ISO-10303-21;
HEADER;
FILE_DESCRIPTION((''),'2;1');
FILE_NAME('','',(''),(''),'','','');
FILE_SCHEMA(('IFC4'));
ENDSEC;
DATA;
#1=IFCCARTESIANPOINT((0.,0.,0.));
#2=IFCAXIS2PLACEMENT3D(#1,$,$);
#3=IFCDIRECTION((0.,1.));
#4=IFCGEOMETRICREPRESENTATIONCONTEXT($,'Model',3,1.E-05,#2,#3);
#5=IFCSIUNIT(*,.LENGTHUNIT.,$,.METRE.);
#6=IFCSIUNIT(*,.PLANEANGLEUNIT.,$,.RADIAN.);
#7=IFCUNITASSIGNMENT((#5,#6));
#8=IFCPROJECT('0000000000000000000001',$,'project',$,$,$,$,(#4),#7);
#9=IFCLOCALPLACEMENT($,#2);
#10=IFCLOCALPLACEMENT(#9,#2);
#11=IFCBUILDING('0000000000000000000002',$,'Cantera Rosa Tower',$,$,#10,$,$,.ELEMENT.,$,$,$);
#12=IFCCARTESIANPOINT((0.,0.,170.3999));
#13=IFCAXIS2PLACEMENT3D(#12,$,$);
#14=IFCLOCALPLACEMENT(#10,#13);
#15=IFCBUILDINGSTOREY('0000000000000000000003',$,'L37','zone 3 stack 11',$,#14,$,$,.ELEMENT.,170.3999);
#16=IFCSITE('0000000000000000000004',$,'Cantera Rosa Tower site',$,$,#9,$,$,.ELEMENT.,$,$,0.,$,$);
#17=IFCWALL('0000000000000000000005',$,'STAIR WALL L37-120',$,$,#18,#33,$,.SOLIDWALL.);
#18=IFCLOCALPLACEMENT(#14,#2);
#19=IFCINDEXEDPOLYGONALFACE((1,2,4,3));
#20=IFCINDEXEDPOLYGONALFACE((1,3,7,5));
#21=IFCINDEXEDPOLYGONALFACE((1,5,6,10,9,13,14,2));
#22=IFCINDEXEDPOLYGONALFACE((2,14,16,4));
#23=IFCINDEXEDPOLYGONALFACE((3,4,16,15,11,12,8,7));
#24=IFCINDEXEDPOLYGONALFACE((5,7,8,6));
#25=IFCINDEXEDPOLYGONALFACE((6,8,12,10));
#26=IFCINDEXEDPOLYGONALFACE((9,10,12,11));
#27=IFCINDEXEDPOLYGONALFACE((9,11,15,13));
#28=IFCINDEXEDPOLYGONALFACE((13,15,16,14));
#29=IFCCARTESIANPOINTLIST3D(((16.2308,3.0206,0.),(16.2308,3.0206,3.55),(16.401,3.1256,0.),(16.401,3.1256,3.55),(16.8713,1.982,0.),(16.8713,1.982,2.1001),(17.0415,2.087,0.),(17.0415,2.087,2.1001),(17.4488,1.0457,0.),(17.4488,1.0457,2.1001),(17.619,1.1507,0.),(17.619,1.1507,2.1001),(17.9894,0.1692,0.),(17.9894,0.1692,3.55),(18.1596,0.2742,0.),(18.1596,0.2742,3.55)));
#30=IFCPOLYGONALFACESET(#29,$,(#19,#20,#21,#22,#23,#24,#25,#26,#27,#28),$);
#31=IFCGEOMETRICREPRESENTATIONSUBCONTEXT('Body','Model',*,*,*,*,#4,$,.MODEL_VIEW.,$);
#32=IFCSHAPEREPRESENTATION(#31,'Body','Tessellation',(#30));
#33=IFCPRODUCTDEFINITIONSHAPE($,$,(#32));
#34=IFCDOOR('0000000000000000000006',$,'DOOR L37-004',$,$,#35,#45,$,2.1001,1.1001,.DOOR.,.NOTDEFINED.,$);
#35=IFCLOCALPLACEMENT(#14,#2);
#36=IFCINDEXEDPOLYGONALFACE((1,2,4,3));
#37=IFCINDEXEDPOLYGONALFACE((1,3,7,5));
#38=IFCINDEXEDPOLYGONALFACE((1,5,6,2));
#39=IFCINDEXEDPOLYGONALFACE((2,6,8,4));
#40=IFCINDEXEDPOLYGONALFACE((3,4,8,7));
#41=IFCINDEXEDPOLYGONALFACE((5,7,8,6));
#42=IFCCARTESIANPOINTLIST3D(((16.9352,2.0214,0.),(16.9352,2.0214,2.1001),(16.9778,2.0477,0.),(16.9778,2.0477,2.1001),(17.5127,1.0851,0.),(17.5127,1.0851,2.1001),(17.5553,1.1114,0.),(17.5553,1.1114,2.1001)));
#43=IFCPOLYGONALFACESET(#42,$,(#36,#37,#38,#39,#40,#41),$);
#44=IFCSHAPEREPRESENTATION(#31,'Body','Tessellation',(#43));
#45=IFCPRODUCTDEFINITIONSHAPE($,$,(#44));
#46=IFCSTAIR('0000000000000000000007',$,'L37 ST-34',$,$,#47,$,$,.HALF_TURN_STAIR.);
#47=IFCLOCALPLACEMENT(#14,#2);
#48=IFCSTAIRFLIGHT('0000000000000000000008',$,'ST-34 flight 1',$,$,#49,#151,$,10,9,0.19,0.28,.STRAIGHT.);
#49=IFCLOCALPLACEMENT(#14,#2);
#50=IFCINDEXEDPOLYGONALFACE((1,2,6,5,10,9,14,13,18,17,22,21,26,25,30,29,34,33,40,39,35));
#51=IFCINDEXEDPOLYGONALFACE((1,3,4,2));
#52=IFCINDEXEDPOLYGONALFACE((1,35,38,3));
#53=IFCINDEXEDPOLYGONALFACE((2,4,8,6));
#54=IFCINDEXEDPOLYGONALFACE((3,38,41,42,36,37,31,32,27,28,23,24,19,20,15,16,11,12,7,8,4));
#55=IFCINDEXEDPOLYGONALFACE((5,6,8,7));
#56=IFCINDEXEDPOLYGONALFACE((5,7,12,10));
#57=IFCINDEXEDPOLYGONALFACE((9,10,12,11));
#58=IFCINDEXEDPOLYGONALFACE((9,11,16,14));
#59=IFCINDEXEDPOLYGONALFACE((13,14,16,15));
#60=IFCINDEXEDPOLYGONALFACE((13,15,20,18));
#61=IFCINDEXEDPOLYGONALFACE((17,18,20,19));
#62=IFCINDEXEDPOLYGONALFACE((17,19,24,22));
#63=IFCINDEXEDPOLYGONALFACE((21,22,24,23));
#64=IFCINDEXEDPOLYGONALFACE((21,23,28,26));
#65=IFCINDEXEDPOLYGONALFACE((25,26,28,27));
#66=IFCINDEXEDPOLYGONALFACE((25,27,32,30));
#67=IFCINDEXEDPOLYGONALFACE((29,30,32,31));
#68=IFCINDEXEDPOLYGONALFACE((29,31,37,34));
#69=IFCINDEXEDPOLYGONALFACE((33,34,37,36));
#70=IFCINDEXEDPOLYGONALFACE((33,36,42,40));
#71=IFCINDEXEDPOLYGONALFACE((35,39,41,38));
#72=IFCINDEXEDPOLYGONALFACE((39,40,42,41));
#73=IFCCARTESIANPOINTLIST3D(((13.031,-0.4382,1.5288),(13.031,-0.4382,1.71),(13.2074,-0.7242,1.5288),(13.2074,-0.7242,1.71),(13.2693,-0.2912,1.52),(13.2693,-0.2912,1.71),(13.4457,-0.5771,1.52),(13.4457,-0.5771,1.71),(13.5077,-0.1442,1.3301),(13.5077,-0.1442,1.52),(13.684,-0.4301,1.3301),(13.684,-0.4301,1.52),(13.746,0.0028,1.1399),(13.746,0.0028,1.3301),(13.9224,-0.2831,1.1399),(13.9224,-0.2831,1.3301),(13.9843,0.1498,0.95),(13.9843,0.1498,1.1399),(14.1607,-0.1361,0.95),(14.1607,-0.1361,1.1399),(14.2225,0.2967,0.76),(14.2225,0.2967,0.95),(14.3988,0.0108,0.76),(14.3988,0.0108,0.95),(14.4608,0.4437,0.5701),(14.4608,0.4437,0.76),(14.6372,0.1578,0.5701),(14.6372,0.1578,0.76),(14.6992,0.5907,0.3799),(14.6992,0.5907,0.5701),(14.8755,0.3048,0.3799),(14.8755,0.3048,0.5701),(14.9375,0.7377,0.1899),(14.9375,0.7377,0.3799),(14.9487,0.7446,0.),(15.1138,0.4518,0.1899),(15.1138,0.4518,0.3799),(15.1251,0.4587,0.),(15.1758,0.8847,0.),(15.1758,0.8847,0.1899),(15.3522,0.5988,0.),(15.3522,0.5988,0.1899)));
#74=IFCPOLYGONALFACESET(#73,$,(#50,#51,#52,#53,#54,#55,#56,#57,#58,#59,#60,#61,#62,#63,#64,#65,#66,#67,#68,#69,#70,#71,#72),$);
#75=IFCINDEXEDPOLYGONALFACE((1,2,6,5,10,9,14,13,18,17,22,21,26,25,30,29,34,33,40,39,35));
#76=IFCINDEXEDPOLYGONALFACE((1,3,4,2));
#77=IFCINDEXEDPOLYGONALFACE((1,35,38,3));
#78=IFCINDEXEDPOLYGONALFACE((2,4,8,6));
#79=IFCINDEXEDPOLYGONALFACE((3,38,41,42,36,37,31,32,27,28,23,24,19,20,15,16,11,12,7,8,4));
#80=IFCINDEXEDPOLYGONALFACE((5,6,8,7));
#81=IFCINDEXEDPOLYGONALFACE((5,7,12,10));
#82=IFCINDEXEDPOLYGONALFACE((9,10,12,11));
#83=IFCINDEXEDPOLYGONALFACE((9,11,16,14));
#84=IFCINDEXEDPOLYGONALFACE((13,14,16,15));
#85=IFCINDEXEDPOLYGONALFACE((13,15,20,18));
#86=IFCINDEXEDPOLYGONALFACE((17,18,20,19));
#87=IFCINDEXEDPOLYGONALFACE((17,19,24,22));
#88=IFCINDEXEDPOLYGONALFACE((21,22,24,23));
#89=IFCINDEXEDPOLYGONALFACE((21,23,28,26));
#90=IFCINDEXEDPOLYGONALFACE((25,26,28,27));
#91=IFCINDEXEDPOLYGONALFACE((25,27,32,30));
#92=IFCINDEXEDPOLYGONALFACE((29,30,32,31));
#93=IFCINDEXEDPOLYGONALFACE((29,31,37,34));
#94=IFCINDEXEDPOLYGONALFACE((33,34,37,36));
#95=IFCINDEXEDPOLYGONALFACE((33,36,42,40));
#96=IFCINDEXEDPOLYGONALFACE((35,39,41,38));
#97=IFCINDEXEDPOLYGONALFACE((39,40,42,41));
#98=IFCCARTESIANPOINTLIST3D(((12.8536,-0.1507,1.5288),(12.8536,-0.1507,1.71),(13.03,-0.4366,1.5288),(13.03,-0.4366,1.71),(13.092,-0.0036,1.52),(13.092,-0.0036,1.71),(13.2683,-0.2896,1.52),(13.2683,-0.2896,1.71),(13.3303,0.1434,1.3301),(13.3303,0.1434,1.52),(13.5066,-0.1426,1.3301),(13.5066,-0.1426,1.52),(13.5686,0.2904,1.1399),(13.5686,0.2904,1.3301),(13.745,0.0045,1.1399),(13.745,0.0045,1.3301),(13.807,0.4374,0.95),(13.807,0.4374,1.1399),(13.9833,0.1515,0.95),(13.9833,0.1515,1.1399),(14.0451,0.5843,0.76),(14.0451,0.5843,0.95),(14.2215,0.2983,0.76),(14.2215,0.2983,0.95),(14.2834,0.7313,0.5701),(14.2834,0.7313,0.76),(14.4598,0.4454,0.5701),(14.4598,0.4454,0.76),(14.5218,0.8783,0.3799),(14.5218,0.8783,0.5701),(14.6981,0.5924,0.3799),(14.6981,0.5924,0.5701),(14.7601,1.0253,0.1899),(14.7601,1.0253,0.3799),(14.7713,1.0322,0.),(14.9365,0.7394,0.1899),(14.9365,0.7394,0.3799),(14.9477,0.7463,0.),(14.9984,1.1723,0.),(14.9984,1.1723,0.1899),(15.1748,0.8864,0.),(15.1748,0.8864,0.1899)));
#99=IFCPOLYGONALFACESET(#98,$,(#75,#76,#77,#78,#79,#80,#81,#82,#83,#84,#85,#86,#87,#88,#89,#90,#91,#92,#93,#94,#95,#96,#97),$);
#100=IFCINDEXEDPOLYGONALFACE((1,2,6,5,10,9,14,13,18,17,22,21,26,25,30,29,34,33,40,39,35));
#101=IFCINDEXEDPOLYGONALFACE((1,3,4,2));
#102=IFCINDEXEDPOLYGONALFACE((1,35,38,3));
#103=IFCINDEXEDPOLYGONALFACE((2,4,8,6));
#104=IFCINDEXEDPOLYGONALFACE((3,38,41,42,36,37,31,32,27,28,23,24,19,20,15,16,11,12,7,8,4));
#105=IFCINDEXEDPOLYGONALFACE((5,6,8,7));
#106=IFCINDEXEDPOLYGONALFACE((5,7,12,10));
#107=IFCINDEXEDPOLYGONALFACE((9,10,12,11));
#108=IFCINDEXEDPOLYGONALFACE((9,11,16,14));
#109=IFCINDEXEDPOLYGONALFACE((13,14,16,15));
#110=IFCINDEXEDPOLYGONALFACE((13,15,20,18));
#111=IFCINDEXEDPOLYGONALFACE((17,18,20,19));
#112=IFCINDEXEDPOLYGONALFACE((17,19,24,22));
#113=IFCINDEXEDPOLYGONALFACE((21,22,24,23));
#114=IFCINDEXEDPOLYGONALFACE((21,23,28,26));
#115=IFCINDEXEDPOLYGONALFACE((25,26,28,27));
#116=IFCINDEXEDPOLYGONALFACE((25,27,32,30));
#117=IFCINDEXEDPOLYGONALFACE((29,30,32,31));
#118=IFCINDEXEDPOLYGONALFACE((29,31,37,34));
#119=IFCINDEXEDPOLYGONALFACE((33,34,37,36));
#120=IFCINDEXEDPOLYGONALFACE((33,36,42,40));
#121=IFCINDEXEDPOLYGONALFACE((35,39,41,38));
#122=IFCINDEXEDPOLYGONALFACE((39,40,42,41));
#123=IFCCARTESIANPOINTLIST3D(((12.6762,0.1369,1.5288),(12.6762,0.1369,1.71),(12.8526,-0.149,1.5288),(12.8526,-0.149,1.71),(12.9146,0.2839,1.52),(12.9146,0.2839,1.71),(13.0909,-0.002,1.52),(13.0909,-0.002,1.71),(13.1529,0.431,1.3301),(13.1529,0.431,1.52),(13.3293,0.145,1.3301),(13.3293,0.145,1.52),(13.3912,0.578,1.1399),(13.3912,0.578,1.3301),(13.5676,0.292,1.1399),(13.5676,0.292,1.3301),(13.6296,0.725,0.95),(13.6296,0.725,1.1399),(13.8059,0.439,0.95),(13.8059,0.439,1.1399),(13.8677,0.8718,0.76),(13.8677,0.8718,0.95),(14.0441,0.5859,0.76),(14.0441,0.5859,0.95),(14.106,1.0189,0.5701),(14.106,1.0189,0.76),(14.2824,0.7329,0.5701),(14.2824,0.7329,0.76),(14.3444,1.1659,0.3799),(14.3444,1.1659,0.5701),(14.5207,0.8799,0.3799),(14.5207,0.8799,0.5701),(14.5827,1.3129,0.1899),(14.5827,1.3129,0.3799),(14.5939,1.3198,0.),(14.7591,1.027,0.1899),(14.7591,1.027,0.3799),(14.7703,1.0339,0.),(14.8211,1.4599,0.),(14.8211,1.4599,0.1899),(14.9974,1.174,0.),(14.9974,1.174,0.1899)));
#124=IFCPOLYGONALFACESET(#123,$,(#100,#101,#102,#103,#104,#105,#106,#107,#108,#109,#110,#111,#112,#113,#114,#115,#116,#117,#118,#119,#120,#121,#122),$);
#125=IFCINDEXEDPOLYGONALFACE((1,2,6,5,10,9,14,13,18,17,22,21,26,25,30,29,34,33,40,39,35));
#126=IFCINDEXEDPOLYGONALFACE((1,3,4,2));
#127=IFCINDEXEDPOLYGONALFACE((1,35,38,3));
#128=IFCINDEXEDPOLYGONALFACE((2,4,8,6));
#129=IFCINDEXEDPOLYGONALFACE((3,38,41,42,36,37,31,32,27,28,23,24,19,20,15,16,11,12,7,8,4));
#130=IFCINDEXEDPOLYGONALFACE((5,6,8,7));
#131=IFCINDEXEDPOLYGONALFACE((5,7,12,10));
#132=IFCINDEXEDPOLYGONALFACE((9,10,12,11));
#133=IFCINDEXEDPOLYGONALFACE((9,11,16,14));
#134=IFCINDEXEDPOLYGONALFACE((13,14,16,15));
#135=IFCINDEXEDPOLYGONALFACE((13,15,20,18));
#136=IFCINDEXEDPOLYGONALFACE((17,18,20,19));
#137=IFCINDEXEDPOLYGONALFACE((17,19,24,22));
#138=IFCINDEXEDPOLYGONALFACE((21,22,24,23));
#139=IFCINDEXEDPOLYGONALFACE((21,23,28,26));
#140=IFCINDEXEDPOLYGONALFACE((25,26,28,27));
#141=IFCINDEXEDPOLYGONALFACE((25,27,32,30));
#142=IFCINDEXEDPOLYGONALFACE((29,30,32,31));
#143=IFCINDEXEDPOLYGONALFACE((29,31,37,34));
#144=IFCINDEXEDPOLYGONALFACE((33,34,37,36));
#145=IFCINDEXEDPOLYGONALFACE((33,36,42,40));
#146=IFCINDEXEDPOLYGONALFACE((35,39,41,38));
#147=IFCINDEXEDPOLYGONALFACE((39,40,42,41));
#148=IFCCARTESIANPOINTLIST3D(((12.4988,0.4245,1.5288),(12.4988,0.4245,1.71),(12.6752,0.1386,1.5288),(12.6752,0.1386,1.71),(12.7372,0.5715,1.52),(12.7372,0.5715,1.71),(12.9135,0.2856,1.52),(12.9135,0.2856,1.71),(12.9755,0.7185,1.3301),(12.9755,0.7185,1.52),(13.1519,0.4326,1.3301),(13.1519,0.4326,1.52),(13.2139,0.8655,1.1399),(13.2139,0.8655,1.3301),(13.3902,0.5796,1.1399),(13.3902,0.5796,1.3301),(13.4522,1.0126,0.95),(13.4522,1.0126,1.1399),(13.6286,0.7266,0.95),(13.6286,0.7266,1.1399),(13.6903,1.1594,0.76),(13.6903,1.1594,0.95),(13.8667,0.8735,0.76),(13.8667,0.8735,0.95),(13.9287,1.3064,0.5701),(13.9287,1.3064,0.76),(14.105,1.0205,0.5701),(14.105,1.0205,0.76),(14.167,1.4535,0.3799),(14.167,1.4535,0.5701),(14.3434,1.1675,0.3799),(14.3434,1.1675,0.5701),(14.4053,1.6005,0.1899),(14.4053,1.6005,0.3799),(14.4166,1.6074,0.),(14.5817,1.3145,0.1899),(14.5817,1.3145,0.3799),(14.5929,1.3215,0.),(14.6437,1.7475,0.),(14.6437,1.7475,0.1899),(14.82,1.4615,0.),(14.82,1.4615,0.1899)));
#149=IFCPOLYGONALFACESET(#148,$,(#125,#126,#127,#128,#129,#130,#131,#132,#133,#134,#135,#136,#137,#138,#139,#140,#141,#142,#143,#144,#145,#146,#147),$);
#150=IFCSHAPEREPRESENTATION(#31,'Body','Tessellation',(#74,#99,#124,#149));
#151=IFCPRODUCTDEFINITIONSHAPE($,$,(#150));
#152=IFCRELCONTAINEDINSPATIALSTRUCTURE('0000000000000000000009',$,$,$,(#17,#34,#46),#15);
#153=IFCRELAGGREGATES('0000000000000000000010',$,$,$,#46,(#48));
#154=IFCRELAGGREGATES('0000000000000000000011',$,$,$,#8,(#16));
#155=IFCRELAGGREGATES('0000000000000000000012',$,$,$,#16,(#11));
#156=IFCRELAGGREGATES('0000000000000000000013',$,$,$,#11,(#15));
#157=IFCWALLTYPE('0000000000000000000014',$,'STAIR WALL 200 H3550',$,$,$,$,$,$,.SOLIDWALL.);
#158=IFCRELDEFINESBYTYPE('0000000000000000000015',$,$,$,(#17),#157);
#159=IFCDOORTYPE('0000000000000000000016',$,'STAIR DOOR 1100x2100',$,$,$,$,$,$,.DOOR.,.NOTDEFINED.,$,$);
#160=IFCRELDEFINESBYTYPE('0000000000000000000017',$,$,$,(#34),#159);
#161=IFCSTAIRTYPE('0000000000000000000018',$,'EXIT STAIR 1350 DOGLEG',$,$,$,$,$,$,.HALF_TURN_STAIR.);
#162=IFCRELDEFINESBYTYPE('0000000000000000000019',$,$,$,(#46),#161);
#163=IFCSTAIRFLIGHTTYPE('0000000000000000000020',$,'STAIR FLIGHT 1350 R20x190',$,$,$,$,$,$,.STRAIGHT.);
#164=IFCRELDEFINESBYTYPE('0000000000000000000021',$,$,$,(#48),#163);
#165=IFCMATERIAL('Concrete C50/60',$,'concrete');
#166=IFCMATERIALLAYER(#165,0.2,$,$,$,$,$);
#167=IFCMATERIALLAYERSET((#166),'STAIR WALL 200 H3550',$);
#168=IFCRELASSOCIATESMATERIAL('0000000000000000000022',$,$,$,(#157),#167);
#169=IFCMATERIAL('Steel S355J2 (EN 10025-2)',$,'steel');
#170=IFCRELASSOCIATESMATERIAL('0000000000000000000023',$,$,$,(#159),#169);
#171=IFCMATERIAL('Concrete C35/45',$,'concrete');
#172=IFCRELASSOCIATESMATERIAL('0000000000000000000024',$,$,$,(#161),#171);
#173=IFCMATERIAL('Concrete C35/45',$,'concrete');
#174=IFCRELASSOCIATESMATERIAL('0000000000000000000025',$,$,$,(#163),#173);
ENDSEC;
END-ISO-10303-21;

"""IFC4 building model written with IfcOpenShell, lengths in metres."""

from ifc_helpers import new_model, si_unit, direction, frame, frame_2d, origin, place, context, subcontext, project, spatial, polyline, rectangle, outline, extrude, material, layer, layer_set, type_object, element, fill, aggregate, save


model = new_model("IFC4")

# Units and contexts
model_context = context("Model", 3, precision=1e-05, world=origin(), true_north=direction((0.0, 1.0)))
body_context = subcontext(model_context, "Body", "Model", "MODEL_VIEW")
ifc_project = project(units=[si_unit("LENGTHUNIT", "METRE"), si_unit("PLANEANGLEUNIT", "RADIAN")], contexts=[model_context])

# Site, building, storey
site_placement = place(None, origin())
site = spatial("IfcSite", under=ifc_project, at=site_placement, Name="Cantera Rosa Tower site", CompositionType="ELEMENT", RefElevation=0.0)
building_placement = place(site_placement, origin())
building = spatial("IfcBuilding", under=site, at=building_placement, Name="Cantera Rosa Tower", CompositionType="ELEMENT")
storey_placement = place(building_placement, frame((0.0, 0.0, 170.3999)))
storey = spatial("IfcBuildingStorey", under=building, at=storey_placement, Name="L37", Description="zone 3 stack 11", CompositionType="ELEMENT", Elevation=170.3999)

# Wall, opening, door
ifc_material_1 = material(Name="Concrete C50/60", Category="concrete")
ifc_layer_1 = layer(ifc_material_1, 0.2)
ifc_layer_set_1 = layer_set([ifc_layer_1], Name="STAIR WALL 200 H3550")
wall_type_1 = type_object("IfcWallType", Name="STAIR WALL 200 H3550", PredefinedType="SOLIDWALL", material=ifc_layer_set_1)
wall_1_placement = place(storey_placement, frame((18.0745, 0.2217, 0.0), z_axis=(0.0, 0.0, 1.0), x_axis=(-0.524939, 0.85114, 0.0)))
wall_1 = element("IfcWall", 1, at=wall_1_placement, inside=storey, type_object=wall_type_1, Name="STAIR WALL L37-120", PredefinedType="SOLIDWALL", context=body_context, shape_type="SweptSolid", body=[
    extrude(rectangle(XDim=3.3501, YDim=0.2, at=frame_2d((1.675, 0.0))), origin(), (0.0, 0.0, 1.0), 3.55),
])
opening_1_placement = place(wall_1_placement, frame((1.0298, 0.0, 0.0)))
opening_1 = element("IfcOpeningElement", 2, at=opening_1_placement, cuts=wall_1, PredefinedType="OPENING", context=body_context, shape_type="SweptSolid", body=[
    extrude(rectangle(XDim=1.1001, YDim=2.1001, at=frame_2d((0.55, 1.05))), frame((0.0, 0.1099, 0.0), z_axis=(0.0, -1.0, 0.0), x_axis=(1.0, 0.0, 0.0)), (0.0, 0.0, 1.0), 0.22),
])
ifc_material_2 = material(Name="Steel S355J2 (EN 10025-2)", Category="steel")
door_type_1 = type_object("IfcDoorType", Name="STAIR DOOR 1100x2100", OperationType="NOTDEFINED", PredefinedType="DOOR", material=ifc_material_2)
door_1_placement = place(opening_1_placement, origin())
door_1 = element("IfcDoor", 3, at=door_1_placement, inside=storey, type_object=door_type_1, Name="DOOR L37-004", OperationType="NOTDEFINED", OverallHeight=2.1001, OverallWidth=1.1001, PredefinedType="DOOR", context=body_context, shape_type="SweptSolid", body=[
    extrude(rectangle(XDim=1.1001, YDim=2.1001, at=frame_2d((0.55, 1.05))), frame((0.0, 0.0249, 0.0), z_axis=(0.0, -1.0, 0.0), x_axis=(1.0, 0.0, 0.0)), (0.0, 0.0, 1.0), 0.05),
])
fill(opening_1, door_1)

# Stair, stair flight
ifc_material_3 = material(Name="Concrete C35/45", Category="concrete")
stair_type = type_object("IfcStairType", Name="EXIT STAIR 1350 DOGLEG", PredefinedType="HALF_TURN_STAIR", material=ifc_material_3)
stair_placement = place(storey_placement, origin())
stair = element("IfcStair", 4, at=stair_placement, inside=storey, type_object=stair_type, Name="L37 ST-34", PredefinedType="HALF_TURN_STAIR")
ifc_material_4 = material(Name="Concrete C35/45", Category="concrete")
stair_flight_type = type_object("IfcStairFlightType", Name="STAIR FLIGHT 1350 R20x190", PredefinedType="STRAIGHT", material=ifc_material_4)
stair_flight_placement = place(storey_placement, frame((14.9978, 1.1733, 0.0), z_axis=(0.0, 0.0, 1.0), x_axis=(-0.851117, -0.524977, 0.0)))
stair_flight = element("IfcStairFlight", 5, at=stair_flight_placement, type_object=stair_flight_type, Name="ST-34 flight 1", NumberOfRisers=10, NumberOfTreads=9, PredefinedType="STRAIGHT", RiserHeight=0.19, TreadLength=0.28, context=body_context, shape_type="SweptSolid", body=[
    extrude(outline(polyline([(0.0, 0.0), (0.0, 0.1899), (0.28, 0.1899), (0.28, 0.3799), (0.5601, 0.3799), (0.5601, 0.5701), (0.8401, 0.5701), (0.8401, 0.76), (1.1201, 0.76), (1.1201, 0.95), (1.3999, 0.95), (1.3999, 1.1399), (1.6799, 1.1399), (1.6799, 1.3301), (1.96, 1.3301), (1.96, 1.52), (2.24, 1.52), (2.24, 1.71), (2.52, 1.71), (2.52, 1.8999), (2.52, 1.5288), (0.2668, 0.0), (0.0, 0.0)])), frame((0.0, 0.675, 0.0), z_axis=(0.0, -1.0, 0.0), x_axis=(1.0, 0.0, 0.0)), (0.0, 0.0, 1.0), 0.3359),
    extrude(outline(polyline([(0.0, 0.0), (0.0, 0.1899), (0.28, 0.1899), (0.28, 0.3799), (0.5601, 0.3799), (0.5601, 0.5701), (0.8401, 0.5701), (0.8401, 0.76), (1.1201, 0.76), (1.1201, 0.95), (1.3999, 0.95), (1.3999, 1.1399), (1.6799, 1.1399), (1.6799, 1.3301), (1.96, 1.3301), (1.96, 1.52), (2.24, 1.52), (2.24, 1.71), (2.52, 1.71), (2.52, 1.8999), (2.52, 1.5288), (0.2668, 0.0), (0.0, 0.0)])), frame((0.0, 0.3372, 0.0), z_axis=(0.0, -1.0, 0.0), x_axis=(1.0, 0.0, 0.0)), (0.0, 0.0, 1.0), 0.3359),
    extrude(outline(polyline([(0.0, 0.0), (0.0, 0.1899), (0.28, 0.1899), (0.28, 0.3799), (0.5601, 0.3799), (0.5601, 0.5701), (0.8401, 0.5701), (0.8401, 0.76), (1.1201, 0.76), (1.1201, 0.95), (1.3999, 0.95), (1.3999, 1.1399), (1.6799, 1.1399), (1.6799, 1.3301), (1.96, 1.3301), (1.96, 1.52), (2.24, 1.52), (2.24, 1.71), (2.52, 1.71), (2.52, 1.8999), (2.52, 1.5288), (0.2668, 0.0), (0.0, 0.0)])), frame((0.0, -0.0007, 0.0), z_axis=(0.0, -1.0, 0.0), x_axis=(1.0, 0.0, 0.0)), (0.0, 0.0, 1.0), 0.3359),
    extrude(outline(polyline([(0.0, 0.0), (0.0, 0.1899), (0.28, 0.1899), (0.28, 0.3799), (0.5601, 0.3799), (0.5601, 0.5701), (0.8401, 0.5701), (0.8401, 0.76), (1.1201, 0.76), (1.1201, 0.95), (1.3999, 0.95), (1.3999, 1.1399), (1.6799, 1.1399), (1.6799, 1.3301), (1.96, 1.3301), (1.96, 1.52), (2.24, 1.52), (2.24, 1.71), (2.52, 1.71), (2.52, 1.8999), (2.52, 1.5288), (0.2668, 0.0), (0.0, 0.0)])), frame((0.0, -0.3386, 0.0), z_axis=(0.0, -1.0, 0.0), x_axis=(1.0, 0.0, 0.0)), (0.0, 0.0, 1.0), 0.3359),
])
aggregate(stair, [stair_flight])

save(model, "model.ifc")
